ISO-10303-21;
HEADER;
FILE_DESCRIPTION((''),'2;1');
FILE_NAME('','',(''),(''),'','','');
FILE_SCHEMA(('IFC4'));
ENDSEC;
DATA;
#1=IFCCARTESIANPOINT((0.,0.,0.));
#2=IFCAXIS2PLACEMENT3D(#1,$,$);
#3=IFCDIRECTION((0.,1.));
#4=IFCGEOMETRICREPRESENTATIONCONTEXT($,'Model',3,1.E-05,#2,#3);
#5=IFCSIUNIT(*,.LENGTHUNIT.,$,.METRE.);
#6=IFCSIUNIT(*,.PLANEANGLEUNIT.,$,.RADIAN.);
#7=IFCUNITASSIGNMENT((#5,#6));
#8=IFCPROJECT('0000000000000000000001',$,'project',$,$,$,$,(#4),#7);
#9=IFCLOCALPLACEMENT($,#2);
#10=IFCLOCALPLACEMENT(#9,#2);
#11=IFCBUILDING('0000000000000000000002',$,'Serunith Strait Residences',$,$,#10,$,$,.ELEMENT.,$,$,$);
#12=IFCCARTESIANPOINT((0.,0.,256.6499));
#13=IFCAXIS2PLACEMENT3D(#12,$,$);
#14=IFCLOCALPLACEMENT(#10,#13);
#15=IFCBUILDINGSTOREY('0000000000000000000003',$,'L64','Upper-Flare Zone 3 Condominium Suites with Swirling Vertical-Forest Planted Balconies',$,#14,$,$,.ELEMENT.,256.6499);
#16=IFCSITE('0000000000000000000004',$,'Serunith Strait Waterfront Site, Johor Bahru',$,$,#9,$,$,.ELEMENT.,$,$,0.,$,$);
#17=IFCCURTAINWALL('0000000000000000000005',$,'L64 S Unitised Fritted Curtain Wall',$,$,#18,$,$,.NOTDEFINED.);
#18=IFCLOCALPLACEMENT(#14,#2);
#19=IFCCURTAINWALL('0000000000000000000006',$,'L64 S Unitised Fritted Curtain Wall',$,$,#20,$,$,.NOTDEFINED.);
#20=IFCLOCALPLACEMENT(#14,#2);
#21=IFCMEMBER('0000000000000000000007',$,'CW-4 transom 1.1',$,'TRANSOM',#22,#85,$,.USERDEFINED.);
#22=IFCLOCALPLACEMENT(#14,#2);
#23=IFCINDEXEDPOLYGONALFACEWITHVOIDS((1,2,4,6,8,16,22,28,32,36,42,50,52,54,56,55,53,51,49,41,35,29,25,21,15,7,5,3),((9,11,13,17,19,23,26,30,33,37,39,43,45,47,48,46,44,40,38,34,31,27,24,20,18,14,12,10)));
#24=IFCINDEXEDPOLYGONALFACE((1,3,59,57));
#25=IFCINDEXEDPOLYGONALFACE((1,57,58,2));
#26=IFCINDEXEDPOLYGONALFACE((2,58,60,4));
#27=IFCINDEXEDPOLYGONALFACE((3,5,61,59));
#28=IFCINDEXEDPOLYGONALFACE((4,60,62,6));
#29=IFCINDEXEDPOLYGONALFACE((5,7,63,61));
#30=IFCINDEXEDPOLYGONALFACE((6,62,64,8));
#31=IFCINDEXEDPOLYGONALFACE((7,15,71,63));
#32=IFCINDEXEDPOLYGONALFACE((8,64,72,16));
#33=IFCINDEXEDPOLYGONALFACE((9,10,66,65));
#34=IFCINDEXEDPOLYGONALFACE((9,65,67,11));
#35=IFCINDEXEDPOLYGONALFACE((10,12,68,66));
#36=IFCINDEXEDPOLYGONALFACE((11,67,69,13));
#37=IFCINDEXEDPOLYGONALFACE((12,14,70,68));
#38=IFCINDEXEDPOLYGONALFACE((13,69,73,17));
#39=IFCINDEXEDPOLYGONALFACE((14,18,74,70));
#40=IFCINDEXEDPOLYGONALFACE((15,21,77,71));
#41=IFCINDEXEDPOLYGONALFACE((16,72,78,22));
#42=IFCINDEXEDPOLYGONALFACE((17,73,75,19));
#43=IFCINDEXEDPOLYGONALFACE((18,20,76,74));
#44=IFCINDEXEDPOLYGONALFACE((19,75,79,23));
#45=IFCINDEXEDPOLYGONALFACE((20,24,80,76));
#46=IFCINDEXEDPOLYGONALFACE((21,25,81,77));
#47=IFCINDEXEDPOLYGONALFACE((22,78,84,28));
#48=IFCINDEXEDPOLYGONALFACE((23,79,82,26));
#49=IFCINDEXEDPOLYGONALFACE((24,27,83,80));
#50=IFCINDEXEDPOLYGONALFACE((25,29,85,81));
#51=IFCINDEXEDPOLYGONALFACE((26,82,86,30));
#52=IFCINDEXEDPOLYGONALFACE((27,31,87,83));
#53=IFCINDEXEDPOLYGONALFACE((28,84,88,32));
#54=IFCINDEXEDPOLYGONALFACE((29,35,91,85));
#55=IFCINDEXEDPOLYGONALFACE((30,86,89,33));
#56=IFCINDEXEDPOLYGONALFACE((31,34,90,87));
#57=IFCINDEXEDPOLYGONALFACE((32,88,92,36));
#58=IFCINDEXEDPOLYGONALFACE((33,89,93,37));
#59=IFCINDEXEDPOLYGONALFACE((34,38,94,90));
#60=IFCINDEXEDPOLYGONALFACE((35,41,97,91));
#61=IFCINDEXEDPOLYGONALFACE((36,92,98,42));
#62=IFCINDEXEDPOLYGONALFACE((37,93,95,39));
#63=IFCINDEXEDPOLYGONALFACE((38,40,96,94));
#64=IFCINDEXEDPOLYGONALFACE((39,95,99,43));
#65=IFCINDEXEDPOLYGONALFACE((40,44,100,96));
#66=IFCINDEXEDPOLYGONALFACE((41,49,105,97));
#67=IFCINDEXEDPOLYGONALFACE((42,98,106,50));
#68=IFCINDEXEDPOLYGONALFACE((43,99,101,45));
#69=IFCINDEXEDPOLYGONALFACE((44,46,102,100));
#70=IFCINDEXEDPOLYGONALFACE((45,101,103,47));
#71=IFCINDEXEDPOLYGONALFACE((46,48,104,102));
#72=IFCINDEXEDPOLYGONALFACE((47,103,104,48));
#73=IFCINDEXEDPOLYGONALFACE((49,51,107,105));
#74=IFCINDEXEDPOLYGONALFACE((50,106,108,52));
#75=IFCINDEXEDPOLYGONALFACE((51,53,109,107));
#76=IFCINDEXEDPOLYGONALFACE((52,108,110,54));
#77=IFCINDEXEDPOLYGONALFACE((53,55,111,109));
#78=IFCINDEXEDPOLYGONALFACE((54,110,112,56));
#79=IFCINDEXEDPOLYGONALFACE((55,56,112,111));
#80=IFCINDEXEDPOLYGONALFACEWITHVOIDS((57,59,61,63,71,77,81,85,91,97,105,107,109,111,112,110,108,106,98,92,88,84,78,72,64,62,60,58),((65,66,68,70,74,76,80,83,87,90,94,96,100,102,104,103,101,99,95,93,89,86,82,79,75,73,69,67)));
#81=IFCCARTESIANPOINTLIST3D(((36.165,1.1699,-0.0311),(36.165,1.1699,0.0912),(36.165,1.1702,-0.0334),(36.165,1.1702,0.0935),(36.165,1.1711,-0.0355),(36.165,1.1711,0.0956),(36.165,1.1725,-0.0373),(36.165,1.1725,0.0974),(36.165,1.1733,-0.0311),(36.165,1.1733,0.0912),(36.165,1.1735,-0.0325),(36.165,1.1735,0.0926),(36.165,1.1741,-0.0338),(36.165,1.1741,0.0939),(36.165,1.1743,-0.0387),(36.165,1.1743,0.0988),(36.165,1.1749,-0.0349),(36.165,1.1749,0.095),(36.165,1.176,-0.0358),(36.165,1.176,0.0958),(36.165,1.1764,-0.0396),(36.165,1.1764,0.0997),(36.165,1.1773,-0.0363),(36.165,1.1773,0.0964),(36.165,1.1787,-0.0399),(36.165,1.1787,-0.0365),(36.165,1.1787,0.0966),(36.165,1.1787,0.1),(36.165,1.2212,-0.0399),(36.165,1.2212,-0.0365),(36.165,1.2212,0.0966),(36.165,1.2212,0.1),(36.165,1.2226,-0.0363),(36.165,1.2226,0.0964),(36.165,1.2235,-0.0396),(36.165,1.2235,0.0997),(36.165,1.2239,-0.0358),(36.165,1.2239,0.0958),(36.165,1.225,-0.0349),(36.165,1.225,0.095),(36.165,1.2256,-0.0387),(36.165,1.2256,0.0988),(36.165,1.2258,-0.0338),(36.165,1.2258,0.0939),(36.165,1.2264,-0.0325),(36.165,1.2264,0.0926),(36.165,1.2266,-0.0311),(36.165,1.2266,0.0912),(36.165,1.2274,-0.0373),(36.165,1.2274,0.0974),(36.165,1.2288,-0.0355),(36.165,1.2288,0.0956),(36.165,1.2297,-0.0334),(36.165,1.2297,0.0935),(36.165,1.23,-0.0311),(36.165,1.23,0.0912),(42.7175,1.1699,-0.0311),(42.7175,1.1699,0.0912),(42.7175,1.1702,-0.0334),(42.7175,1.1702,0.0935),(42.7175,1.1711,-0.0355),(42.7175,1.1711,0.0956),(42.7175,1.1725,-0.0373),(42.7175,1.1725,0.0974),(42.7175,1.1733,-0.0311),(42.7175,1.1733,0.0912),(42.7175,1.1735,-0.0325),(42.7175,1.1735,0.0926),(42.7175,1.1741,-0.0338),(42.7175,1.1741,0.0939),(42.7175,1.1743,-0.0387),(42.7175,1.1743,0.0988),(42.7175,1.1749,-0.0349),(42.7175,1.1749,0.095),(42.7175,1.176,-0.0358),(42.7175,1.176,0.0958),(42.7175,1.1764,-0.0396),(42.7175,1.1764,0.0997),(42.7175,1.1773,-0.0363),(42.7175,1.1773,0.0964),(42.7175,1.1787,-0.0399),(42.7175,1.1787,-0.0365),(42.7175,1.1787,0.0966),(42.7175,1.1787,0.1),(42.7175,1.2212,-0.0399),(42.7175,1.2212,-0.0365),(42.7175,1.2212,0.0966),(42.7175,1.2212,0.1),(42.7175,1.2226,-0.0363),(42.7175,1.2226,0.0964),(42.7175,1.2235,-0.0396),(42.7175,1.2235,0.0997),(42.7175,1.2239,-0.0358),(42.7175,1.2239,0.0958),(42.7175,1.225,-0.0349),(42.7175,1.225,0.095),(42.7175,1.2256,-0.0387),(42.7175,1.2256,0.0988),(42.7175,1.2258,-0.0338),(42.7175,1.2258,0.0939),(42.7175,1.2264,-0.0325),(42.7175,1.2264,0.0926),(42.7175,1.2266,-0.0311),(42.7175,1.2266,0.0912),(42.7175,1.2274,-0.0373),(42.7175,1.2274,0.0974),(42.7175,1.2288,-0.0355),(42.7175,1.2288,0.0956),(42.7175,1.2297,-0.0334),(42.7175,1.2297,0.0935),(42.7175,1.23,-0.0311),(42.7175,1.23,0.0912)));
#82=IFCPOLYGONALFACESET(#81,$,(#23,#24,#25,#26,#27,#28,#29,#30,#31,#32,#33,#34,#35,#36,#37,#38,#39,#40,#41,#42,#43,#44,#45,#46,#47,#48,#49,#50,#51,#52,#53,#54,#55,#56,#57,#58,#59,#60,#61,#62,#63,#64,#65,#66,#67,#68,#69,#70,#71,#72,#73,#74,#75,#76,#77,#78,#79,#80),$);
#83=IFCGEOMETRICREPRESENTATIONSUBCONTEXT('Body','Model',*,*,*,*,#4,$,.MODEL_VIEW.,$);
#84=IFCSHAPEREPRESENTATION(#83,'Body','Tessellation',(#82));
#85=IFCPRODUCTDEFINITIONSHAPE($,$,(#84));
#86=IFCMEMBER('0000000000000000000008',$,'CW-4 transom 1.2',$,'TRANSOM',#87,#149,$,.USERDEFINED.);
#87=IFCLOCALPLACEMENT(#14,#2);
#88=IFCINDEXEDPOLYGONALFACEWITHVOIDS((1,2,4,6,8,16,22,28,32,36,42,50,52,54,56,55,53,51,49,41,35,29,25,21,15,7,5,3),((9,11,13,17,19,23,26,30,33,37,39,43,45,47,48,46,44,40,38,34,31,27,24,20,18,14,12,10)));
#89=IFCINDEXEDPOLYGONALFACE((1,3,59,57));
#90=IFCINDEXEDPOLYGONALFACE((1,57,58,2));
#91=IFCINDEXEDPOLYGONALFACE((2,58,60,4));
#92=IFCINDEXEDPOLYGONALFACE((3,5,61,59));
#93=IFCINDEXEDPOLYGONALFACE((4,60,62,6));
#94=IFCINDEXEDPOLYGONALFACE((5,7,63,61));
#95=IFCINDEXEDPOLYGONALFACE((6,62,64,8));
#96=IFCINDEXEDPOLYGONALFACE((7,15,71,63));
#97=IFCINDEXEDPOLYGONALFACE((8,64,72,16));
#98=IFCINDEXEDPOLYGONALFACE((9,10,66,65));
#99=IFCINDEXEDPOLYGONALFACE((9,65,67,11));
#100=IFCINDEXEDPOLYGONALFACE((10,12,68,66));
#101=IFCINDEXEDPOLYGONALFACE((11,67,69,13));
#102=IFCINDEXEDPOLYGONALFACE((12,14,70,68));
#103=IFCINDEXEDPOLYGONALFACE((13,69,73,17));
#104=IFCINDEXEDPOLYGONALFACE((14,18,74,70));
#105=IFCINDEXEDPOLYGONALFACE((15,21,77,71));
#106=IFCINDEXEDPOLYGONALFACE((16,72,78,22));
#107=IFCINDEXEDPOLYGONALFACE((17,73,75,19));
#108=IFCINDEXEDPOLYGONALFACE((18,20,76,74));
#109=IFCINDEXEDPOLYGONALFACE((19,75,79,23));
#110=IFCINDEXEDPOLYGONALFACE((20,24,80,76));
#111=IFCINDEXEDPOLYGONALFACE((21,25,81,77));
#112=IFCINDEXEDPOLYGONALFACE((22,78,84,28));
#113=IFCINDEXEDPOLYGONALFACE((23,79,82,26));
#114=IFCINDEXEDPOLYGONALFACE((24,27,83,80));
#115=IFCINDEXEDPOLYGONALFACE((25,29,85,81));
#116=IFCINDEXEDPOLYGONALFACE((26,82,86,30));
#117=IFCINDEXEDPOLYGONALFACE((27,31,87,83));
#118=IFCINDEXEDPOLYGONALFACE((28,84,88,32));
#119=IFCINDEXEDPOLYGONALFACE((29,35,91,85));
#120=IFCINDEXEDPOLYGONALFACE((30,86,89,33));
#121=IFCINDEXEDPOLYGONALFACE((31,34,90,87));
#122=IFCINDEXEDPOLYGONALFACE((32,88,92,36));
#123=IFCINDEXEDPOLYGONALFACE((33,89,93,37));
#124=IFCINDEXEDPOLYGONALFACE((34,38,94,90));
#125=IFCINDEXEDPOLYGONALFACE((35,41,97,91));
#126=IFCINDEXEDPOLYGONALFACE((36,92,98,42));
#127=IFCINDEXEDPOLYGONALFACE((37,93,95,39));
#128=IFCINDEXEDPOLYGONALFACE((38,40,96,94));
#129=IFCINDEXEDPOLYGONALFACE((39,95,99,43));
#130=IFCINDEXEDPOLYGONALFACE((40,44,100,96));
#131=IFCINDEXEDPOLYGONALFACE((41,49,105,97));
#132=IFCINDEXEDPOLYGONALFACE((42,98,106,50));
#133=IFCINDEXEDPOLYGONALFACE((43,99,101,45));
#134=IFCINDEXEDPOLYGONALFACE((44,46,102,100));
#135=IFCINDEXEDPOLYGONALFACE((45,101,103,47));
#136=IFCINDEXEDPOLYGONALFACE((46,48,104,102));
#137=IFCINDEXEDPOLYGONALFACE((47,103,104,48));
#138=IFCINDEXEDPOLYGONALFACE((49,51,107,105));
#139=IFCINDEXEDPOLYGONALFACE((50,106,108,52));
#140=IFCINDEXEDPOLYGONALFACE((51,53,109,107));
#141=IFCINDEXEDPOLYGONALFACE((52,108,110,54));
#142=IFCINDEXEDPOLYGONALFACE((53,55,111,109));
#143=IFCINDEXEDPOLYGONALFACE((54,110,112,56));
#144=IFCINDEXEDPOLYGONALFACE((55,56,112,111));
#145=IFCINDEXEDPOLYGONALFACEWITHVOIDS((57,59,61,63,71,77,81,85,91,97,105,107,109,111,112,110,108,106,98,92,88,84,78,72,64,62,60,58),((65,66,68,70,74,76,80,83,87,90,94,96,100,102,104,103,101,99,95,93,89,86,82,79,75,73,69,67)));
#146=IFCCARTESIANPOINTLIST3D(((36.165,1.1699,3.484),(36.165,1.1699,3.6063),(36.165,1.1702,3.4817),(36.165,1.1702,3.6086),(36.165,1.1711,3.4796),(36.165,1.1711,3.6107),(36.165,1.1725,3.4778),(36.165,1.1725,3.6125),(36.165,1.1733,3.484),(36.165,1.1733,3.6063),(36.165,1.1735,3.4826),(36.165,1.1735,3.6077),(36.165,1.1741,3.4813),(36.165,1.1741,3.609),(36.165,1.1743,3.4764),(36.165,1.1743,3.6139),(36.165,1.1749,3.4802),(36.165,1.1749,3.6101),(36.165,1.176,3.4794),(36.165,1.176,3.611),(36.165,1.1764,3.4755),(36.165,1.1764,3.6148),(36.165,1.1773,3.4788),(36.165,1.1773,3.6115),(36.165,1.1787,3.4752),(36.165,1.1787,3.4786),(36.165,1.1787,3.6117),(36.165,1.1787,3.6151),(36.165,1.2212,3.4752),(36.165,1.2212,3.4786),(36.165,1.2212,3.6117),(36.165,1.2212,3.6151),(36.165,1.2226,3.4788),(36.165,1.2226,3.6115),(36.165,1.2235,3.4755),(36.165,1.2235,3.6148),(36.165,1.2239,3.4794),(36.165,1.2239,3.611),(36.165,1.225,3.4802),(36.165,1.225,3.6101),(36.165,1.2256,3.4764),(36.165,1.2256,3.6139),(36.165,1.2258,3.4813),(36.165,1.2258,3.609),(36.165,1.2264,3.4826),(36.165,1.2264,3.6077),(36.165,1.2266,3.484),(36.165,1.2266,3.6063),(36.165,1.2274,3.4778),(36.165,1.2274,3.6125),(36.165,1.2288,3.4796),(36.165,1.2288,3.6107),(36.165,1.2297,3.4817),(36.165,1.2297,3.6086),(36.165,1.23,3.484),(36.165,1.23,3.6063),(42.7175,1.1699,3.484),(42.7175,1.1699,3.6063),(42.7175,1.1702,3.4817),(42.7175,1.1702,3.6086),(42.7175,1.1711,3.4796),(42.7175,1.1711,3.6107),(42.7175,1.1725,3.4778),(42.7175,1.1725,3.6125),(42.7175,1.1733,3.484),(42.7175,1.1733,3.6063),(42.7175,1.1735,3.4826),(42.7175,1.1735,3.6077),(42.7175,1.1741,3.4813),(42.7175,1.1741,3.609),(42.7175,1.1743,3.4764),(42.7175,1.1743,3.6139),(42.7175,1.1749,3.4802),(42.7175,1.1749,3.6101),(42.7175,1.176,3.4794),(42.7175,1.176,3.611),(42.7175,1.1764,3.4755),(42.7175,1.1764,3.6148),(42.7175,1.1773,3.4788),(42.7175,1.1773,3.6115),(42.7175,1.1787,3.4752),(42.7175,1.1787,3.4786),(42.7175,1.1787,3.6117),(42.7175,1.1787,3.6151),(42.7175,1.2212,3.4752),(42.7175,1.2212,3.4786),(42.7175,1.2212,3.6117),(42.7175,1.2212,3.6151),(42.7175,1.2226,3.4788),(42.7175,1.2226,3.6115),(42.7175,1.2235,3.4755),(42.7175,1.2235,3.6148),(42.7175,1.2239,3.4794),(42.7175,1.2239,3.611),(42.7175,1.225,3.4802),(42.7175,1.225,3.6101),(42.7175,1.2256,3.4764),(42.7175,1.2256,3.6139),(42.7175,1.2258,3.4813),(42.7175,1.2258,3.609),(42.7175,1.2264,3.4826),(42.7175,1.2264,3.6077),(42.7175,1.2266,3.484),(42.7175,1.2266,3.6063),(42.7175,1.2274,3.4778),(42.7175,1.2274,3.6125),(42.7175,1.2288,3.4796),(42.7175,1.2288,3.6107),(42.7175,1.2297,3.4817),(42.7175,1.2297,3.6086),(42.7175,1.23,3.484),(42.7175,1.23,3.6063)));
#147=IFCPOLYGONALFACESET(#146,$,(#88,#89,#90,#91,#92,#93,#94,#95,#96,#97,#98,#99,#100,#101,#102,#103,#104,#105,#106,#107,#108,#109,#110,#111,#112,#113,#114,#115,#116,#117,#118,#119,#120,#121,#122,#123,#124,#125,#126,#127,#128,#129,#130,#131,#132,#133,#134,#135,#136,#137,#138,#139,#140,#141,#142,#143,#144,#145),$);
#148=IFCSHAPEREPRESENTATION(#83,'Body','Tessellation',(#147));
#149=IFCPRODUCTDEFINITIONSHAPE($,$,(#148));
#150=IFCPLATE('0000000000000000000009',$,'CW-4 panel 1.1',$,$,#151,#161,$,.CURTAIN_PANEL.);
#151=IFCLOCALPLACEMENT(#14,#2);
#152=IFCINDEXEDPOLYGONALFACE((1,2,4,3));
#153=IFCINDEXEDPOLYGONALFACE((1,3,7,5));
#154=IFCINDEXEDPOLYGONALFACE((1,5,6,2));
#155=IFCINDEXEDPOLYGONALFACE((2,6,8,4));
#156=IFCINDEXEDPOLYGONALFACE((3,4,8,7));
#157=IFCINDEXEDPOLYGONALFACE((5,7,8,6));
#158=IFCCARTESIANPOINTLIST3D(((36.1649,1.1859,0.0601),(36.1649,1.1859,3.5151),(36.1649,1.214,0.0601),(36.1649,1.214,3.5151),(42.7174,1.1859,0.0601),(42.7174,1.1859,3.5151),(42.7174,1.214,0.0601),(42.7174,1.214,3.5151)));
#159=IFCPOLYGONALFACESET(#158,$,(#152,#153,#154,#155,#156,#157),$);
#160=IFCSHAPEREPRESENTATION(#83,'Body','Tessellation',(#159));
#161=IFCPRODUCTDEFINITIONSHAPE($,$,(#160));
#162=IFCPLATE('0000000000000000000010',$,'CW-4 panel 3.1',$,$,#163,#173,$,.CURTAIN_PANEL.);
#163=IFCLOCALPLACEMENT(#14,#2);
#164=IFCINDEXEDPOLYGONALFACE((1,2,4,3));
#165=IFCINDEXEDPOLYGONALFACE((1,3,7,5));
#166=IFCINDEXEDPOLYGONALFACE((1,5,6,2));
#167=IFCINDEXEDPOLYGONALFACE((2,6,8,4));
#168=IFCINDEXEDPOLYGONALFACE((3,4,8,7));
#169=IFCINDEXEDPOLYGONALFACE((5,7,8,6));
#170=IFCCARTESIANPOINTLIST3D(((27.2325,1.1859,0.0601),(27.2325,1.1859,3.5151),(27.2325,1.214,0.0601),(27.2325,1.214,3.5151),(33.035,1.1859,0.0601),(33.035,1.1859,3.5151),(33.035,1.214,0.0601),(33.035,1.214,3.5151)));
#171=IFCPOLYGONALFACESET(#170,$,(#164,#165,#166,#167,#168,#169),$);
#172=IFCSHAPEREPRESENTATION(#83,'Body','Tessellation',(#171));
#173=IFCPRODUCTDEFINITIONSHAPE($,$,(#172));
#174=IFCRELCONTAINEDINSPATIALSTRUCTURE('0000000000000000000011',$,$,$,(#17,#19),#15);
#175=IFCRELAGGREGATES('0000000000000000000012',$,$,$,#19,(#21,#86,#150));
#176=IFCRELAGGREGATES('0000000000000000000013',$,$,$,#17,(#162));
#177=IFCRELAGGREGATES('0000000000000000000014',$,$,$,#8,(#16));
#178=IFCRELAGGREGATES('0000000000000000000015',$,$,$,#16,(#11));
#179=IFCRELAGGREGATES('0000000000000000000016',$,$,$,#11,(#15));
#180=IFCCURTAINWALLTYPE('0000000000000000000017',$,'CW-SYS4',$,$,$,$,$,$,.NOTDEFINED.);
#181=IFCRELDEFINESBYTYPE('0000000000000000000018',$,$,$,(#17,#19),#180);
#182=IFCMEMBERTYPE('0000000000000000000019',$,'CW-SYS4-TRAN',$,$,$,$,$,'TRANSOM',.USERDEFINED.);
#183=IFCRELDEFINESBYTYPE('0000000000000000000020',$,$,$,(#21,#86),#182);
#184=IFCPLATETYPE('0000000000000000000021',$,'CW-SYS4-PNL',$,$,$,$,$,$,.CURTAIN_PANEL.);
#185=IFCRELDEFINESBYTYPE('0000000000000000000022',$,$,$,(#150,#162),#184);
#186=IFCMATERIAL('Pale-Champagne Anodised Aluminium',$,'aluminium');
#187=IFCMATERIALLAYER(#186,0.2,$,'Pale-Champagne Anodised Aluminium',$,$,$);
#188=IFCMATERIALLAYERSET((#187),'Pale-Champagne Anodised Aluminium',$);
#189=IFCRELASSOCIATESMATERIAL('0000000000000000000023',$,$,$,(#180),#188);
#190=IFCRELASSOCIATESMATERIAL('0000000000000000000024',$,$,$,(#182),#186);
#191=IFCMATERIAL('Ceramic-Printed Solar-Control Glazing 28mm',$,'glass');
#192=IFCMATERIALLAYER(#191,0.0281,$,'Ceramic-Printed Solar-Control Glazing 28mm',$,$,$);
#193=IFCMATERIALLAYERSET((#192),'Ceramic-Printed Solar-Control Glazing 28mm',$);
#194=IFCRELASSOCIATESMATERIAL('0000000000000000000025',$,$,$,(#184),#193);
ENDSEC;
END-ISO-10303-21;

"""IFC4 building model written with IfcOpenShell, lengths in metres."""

from ifc_helpers import new_model, si_unit, direction, frame, origin, origin_2d, place, context, subcontext, project, spatial, rectangle, hollow_rectangle, extrude, source, transform, mapped, material, layer, layer_set, material_profile, profile_set, type_object, element, aggregate, save


model = new_model("IFC4")

# Units and contexts
model_context = context("Model", 3, precision=1e-05, world=origin(), true_north=direction((0.0, 1.0)))
body_context = subcontext(model_context, "Body", "Model", "MODEL_VIEW")
ifc_project = project(units=[si_unit("LENGTHUNIT", "METRE"), si_unit("PLANEANGLEUNIT", "RADIAN")], contexts=[model_context])

# Site, building, storey
site_placement = place(None, origin())
site = spatial("IfcSite", under=ifc_project, at=site_placement, Name="Serunith Strait Waterfront Site, Johor Bahru", CompositionType="ELEMENT", RefElevation=0.0)
building_placement = place(site_placement, origin())
building = spatial("IfcBuilding", under=site, at=building_placement, Name="Serunith Strait Residences", CompositionType="ELEMENT")
storey_placement = place(building_placement, frame((0.0, 0.0, 256.6499)))
storey = spatial("IfcBuildingStorey", under=building, at=storey_placement, Name="L64", Description="Upper-Flare Zone 3 Condominium Suites with Swirling Vertical-Forest Planted Balconies", CompositionType="ELEMENT", Elevation=256.6499)

# Curtain wall
ifc_material_1 = material(Name="Pale-Champagne Anodised Aluminium", Category="aluminium")
ifc_layer_1 = layer(ifc_material_1, 0.2, Name="Pale-Champagne Anodised Aluminium")
ifc_layer_set_1 = layer_set([ifc_layer_1], Name="Pale-Champagne Anodised Aluminium")
curtain_wall_type = type_object("IfcCurtainWallType", Name="CW-SYS4", PredefinedType="NOTDEFINED", material=ifc_layer_set_1)
curtain_wall_1_placement = place(storey_placement, origin())
curtain_wall_1 = element("IfcCurtainWall", 1, at=curtain_wall_1_placement, inside=storey, type_object=curtain_wall_type, Name="L64 S Unitised Fritted Curtain Wall", PredefinedType="NOTDEFINED")

# Curtain wall, members, plate
curtain_wall_2_placement = place(storey_placement, origin())
curtain_wall_2 = element("IfcCurtainWall", 2, at=curtain_wall_2_placement, inside=storey, type_object=curtain_wall_type, Name="L64 S Unitised Fritted Curtain Wall", PredefinedType="NOTDEFINED")
ifc_material_profile_1 = material_profile(ifc_material_1, hollow_rectangle(XDim=0.0601, YDim=0.1399, WallThickness=0.0034, InnerFilletRadius=0.0054, OuterFilletRadius=0.0088, at=origin_2d()), Name="ALU 140x60x3.5")
ifc_profile_set_1 = profile_set([ifc_material_profile_1], Name="Pale-Champagne Anodised Aluminium")
member_type_1 = type_object("IfcMemberType", Name="CW-SYS4-TRAN", ElementType="TRANSOM", PredefinedType="USERDEFINED", material=ifc_profile_set_1)
shared_shape_1 = source(origin(), body_context, "Body", "SweptSolid", [
    extrude(hollow_rectangle(XDim=0.0601, YDim=0.1399, WallThickness=0.0034, InnerFilletRadius=0.0054, OuterFilletRadius=0.0088, at=origin_2d()), origin(), (0.0, 0.0, 1.0), 6.5525),
])
member_1_placement = place(storey_placement, frame((36.165, 1.2, 0.03), z_axis=(1.0, 0.0, 0.0), x_axis=(0.0, 1.0, 0.0)))
member_1 = element("IfcMember", 3, at=member_1_placement, type_object=member_type_1, Name="CW-4 transom 1.1", ObjectType="TRANSOM", PredefinedType="USERDEFINED", context=body_context, shape_type="MappedRepresentation", body=[
    mapped(shared_shape_1, transform((0.0, 0.0, 0.0), scale=1.0)),
])
member_2_placement = place(storey_placement, frame((36.165, 1.2, 3.5452), z_axis=(1.0, 0.0, 0.0), x_axis=(0.0, 1.0, 0.0)))
member_2 = element("IfcMember", 4, at=member_2_placement, type_object=member_type_1, Name="CW-4 transom 1.2", ObjectType="TRANSOM", PredefinedType="USERDEFINED", context=body_context, shape_type="MappedRepresentation", body=[
    mapped(shared_shape_1, transform((0.0, 0.0, 0.0), scale=1.0)),
])
ifc_material_2 = material(Name="Ceramic-Printed Solar-Control Glazing 28mm", Category="glass")
ifc_layer_2 = layer(ifc_material_2, 0.0281, Name="Ceramic-Printed Solar-Control Glazing 28mm")
ifc_layer_set_2 = layer_set([ifc_layer_2], Name="Ceramic-Printed Solar-Control Glazing 28mm")
plate_type = type_object("IfcPlateType", Name="CW-SYS4-PNL", PredefinedType="CURTAIN_PANEL", material=ifc_layer_set_2)
shared_shape_2 = source(origin(), body_context, "Body", "SweptSolid", [
    extrude(rectangle(XDim=6.5525, YDim=0.0281, at=origin_2d()), origin(), (0.0, 0.0, 1.0), 3.4551),
])
plate_1_placement = place(storey_placement, frame((39.4412, 1.2, 0.0601), z_axis=(0.0, 0.0, 1.0), x_axis=(1.0, 0.0, 0.0)))
plate_1 = element("IfcPlate", 5, at=plate_1_placement, type_object=plate_type, Name="CW-4 panel 1.1", PredefinedType="CURTAIN_PANEL", context=body_context, shape_type="MappedRepresentation", body=[
    mapped(shared_shape_2, transform((0.0, 0.0, 0.0), scale=1.0)),
])
aggregate(curtain_wall_2, [member_1, member_2, plate_1])

# Plate
shared_shape_3 = source(origin(), body_context, "Body", "SweptSolid", [
    extrude(rectangle(XDim=5.8025, YDim=0.0281, at=origin_2d()), origin(), (0.0, 0.0, 1.0), 3.4551),
])
plate_2_placement = place(storey_placement, frame((30.1338, 1.2, 0.0601), z_axis=(0.0, 0.0, 1.0), x_axis=(1.0, 0.0, 0.0)))
plate_2 = element("IfcPlate", 6, at=plate_2_placement, type_object=plate_type, Name="CW-4 panel 3.1", PredefinedType="CURTAIN_PANEL", context=body_context, shape_type="MappedRepresentation", body=[
    mapped(shared_shape_3, transform((0.0, 0.0, 0.0), scale=1.0)),
])
aggregate(curtain_wall_1, [plate_2])

save(model, "model.ifc")
